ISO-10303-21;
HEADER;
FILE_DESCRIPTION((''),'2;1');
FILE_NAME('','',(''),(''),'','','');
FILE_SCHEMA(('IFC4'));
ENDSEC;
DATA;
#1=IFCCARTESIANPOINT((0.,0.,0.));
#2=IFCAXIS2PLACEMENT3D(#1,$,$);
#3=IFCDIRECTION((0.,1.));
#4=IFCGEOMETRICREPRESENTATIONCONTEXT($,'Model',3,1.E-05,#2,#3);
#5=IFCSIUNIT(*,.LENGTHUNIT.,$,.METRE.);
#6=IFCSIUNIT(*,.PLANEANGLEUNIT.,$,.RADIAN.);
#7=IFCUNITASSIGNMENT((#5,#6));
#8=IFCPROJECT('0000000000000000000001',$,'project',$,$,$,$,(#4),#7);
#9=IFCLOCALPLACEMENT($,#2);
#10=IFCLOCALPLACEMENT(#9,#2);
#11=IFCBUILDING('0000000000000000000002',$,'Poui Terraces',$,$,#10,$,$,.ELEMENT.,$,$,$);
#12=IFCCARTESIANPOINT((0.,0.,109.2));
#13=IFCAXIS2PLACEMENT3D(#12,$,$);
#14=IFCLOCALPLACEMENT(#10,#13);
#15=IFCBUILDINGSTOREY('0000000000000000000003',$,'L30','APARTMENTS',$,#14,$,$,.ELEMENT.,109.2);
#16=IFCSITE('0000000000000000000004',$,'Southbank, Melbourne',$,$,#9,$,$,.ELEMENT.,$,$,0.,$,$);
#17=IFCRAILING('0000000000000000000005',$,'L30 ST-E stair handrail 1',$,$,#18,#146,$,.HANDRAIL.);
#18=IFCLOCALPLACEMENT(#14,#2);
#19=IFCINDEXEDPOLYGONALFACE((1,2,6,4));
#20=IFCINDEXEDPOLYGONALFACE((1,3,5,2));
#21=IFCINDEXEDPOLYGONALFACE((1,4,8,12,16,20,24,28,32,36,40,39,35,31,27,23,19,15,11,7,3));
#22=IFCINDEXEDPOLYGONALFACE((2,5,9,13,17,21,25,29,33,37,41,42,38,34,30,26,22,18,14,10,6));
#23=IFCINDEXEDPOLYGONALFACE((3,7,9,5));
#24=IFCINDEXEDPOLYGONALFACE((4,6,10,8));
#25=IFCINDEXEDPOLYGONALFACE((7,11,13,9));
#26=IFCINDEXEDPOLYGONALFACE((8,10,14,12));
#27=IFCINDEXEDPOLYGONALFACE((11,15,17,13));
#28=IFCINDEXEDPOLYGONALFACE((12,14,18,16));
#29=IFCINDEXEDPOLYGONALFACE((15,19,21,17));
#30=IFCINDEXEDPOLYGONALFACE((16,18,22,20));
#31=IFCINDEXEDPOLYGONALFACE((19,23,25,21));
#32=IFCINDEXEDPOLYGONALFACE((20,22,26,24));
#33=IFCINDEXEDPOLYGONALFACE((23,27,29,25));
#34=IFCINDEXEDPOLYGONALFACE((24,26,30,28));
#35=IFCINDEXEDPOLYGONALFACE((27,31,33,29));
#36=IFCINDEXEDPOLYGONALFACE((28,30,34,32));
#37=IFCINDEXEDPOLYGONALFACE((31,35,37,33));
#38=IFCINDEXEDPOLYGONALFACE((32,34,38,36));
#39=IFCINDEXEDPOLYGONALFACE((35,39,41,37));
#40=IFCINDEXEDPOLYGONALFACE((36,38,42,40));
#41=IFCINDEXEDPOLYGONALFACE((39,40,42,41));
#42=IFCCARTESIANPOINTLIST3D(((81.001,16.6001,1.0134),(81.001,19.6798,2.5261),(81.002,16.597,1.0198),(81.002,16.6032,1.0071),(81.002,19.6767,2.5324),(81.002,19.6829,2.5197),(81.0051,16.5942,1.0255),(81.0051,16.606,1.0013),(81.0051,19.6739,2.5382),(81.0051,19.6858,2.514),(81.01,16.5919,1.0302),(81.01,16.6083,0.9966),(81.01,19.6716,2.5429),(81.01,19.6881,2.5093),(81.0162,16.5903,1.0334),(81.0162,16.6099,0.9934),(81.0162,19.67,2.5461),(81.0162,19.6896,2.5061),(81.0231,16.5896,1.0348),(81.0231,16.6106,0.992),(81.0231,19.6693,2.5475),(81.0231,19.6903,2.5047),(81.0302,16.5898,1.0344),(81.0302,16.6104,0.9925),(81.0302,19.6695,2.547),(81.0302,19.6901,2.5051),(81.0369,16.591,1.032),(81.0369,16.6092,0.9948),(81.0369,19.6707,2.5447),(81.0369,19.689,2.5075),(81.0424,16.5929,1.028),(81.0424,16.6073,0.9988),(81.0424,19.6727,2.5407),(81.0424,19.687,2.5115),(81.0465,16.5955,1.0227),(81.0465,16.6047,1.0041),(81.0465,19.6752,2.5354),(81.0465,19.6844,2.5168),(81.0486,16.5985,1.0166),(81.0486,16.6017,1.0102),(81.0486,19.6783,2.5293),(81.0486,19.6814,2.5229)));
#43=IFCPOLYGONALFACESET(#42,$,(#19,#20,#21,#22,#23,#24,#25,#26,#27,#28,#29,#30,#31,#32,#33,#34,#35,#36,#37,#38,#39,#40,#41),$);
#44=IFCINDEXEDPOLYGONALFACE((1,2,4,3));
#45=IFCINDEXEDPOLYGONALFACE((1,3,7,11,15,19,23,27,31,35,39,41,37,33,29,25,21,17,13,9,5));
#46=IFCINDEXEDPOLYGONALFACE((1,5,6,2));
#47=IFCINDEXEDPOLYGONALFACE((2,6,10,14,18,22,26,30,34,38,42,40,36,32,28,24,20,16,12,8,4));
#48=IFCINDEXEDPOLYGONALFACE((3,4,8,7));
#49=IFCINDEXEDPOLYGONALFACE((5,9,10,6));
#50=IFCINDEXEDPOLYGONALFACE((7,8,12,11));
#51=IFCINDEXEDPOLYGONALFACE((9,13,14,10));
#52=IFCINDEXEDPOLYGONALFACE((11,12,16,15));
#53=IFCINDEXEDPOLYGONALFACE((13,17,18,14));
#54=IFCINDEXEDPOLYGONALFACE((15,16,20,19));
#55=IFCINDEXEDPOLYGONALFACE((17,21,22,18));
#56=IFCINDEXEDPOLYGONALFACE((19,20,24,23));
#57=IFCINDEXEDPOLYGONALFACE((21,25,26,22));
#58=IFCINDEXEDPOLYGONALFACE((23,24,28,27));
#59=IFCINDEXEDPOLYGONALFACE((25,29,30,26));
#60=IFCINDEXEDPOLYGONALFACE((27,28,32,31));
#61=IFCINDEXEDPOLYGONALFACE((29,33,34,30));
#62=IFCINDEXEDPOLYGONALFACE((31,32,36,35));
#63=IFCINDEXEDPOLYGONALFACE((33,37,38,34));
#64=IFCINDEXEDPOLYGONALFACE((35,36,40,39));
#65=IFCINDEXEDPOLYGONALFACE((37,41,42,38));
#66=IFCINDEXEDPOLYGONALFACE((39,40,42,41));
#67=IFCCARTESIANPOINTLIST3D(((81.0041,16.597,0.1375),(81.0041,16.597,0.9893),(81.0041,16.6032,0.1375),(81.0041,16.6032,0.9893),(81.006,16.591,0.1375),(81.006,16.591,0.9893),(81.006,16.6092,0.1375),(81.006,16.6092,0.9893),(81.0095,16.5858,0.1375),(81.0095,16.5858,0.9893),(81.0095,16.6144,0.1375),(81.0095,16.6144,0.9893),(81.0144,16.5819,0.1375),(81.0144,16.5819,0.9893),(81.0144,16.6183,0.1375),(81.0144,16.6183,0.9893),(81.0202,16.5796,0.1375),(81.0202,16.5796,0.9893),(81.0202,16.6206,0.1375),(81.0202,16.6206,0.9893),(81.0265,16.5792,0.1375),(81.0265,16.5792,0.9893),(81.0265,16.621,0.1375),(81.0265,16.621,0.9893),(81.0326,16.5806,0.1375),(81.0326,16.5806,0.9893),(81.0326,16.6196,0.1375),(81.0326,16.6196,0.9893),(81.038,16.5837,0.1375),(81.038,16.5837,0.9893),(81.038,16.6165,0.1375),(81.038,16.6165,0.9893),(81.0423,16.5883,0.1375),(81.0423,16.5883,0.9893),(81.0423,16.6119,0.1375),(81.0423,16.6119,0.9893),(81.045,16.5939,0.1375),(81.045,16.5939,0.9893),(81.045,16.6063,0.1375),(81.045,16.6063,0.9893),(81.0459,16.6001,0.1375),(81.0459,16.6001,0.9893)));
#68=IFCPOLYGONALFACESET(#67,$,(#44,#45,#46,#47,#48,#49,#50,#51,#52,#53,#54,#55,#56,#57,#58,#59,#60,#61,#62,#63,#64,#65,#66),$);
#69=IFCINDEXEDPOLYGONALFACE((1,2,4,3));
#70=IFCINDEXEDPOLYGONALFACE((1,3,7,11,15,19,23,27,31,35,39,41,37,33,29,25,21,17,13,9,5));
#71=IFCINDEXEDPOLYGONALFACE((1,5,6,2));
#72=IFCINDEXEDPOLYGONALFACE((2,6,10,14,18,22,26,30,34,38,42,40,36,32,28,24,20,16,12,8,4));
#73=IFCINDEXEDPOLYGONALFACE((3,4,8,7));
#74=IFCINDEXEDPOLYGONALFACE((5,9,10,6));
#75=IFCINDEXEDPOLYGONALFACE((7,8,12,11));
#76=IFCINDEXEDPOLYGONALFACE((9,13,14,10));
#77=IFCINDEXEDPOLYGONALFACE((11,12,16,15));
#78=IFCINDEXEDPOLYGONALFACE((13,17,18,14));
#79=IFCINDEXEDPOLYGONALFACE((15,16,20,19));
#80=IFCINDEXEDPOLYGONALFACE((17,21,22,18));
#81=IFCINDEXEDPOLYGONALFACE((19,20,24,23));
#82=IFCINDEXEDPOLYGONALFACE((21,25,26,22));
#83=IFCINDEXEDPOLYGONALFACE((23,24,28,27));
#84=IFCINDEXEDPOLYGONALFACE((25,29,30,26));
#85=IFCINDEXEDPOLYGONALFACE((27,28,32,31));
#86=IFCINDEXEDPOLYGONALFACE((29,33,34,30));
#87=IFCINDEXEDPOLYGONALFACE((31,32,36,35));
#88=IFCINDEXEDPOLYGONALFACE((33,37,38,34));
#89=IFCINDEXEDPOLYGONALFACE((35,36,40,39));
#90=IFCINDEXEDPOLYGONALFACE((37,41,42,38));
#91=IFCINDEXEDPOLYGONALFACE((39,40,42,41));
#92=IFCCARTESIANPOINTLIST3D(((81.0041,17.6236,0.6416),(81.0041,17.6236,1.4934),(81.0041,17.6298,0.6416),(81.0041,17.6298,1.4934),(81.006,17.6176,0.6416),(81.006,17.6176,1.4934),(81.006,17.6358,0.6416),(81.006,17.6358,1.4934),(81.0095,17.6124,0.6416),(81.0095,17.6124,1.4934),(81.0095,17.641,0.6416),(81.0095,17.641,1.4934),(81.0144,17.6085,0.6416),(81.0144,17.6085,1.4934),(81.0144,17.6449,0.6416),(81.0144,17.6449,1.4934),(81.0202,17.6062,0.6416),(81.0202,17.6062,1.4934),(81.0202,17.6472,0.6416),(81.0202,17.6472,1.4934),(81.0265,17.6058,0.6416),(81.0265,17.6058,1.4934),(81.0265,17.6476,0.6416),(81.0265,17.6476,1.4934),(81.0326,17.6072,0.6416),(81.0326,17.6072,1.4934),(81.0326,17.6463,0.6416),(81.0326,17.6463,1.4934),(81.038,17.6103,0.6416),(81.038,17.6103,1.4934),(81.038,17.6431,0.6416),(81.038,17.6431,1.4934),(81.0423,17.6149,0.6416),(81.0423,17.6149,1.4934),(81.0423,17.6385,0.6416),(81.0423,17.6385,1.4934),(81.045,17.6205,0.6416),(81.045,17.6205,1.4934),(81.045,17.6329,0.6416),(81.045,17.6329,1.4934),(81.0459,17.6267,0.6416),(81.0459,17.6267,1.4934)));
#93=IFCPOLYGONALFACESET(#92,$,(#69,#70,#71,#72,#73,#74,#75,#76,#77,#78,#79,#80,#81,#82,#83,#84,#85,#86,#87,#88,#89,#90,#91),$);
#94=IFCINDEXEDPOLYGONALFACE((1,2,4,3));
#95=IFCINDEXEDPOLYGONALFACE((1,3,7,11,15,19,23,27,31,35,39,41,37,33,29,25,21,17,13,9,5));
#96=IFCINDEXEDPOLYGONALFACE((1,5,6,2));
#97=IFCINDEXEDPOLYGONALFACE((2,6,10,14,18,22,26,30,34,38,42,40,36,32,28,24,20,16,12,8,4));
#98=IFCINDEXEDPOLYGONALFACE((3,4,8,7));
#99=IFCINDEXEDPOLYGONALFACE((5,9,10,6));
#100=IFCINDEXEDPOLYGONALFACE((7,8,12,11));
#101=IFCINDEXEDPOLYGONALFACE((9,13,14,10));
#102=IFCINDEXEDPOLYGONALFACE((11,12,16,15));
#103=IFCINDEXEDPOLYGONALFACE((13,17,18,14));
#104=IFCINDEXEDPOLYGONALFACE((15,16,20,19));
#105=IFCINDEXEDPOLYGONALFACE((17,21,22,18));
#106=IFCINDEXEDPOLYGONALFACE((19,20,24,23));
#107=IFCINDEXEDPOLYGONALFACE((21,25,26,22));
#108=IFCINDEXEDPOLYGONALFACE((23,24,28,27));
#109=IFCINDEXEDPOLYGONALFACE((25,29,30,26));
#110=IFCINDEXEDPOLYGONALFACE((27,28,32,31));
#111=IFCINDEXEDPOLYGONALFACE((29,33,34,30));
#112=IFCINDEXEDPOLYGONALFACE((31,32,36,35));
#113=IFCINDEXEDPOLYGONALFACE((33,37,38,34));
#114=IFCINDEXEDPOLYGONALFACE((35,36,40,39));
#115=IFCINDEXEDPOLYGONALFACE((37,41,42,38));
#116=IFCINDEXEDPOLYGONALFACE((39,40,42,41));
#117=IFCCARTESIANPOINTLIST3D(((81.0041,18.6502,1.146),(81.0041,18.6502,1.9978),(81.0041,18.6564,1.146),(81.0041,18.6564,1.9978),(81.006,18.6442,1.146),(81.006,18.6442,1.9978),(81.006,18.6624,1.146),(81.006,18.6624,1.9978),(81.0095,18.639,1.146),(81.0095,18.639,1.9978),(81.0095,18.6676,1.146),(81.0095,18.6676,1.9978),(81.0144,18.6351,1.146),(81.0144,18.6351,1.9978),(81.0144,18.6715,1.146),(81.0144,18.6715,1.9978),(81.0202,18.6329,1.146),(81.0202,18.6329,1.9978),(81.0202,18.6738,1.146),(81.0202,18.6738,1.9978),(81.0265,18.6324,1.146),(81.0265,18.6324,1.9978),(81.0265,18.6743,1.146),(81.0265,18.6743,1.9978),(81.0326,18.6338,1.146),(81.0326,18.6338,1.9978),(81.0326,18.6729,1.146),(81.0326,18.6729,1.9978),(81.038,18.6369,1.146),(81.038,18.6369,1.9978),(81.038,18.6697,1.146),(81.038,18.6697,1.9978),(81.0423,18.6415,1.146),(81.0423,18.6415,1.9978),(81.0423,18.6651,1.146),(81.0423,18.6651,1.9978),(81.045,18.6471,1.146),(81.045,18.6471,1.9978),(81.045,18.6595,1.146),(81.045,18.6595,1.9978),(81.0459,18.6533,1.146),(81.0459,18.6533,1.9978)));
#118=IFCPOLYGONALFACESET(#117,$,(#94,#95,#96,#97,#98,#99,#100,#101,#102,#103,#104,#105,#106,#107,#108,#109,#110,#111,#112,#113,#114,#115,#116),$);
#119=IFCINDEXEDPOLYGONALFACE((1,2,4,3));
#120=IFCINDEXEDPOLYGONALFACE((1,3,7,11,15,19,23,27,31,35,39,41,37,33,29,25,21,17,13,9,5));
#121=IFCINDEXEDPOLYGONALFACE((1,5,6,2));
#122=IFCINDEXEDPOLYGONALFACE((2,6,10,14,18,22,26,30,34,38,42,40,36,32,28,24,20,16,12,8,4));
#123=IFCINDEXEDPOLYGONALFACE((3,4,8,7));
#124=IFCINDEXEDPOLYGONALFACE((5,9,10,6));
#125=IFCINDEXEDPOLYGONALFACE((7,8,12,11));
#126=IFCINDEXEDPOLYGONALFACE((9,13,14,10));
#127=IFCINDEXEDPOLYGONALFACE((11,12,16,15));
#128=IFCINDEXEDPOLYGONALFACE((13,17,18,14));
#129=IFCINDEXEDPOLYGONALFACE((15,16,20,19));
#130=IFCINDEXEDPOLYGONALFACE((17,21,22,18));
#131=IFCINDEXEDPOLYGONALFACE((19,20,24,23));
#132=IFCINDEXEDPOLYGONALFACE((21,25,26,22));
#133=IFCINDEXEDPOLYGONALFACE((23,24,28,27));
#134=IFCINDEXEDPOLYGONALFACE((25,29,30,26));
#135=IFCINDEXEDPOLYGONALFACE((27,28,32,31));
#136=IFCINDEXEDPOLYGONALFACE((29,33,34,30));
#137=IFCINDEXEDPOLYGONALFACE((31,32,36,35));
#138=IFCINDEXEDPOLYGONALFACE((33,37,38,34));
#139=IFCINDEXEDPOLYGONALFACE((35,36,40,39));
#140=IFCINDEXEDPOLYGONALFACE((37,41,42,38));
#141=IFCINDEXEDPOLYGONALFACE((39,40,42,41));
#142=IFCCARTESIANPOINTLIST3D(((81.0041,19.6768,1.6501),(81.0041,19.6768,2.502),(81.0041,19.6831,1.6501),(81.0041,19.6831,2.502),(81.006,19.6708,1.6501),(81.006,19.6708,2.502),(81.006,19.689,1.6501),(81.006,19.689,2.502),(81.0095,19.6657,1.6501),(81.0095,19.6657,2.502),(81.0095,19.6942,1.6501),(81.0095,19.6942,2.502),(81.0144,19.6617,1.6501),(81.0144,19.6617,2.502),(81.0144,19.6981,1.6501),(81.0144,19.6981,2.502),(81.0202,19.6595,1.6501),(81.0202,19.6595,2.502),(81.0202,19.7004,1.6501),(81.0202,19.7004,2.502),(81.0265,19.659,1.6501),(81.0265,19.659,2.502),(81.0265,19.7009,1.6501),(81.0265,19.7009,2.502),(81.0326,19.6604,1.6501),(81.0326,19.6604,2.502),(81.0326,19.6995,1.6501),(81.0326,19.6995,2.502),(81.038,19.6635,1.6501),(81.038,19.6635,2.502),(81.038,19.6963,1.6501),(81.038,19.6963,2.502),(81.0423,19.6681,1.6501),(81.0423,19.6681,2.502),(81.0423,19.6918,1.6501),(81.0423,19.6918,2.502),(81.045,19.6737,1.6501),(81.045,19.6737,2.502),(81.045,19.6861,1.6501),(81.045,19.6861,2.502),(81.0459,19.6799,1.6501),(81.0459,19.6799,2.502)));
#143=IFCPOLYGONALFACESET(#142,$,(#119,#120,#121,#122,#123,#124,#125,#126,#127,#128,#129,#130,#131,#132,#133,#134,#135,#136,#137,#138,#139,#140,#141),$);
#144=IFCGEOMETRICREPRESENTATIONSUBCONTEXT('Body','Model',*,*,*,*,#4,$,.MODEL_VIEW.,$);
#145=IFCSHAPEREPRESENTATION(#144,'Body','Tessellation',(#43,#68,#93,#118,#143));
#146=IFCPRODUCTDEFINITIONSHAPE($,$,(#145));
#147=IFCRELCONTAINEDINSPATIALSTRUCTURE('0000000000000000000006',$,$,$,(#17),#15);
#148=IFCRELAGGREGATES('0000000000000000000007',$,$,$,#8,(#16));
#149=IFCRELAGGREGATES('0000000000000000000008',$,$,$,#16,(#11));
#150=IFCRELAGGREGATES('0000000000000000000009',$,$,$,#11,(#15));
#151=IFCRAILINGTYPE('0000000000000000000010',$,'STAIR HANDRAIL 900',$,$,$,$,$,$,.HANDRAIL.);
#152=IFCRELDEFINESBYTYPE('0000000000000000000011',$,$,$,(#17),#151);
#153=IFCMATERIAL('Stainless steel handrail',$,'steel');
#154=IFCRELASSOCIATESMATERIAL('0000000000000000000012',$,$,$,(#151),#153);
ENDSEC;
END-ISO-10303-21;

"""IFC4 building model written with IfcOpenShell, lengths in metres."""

from ifc_helpers import new_model, si_unit, direction, frame, origin, origin_2d, place, context, subcontext, project, spatial, circle, extrude, material, type_object, element, save


model = new_model("IFC4")

# Units and contexts
model_context = context("Model", 3, precision=1e-05, world=origin(), true_north=direction((0.0, 1.0)))
body_context = subcontext(model_context, "Body", "Model", "MODEL_VIEW")
ifc_project = project(units=[si_unit("LENGTHUNIT", "METRE"), si_unit("PLANEANGLEUNIT", "RADIAN")], contexts=[model_context])

# Site, building, storey
site_placement = place(None, origin())
site = spatial("IfcSite", under=ifc_project, at=site_placement, Name="Southbank, Melbourne", CompositionType="ELEMENT", RefElevation=0.0)
building_placement = place(site_placement, origin())
building = spatial("IfcBuilding", under=site, at=building_placement, Name="Poui Terraces", CompositionType="ELEMENT")
storey_placement = place(building_placement, frame((0.0, 0.0, 109.2)))
storey = spatial("IfcBuildingStorey", under=building, at=storey_placement, Name="L30", Description="APARTMENTS", CompositionType="ELEMENT", Elevation=109.2)

# Railing
ifc_material_1 = material(Name="Stainless steel handrail", Category="steel")
railing_type_1 = type_object("IfcRailingType", Name="STAIR HANDRAIL 900", PredefinedType="HANDRAIL", material=ifc_material_1)
railing_1_placement = place(storey_placement, frame((81.0249, 16.6001, 0.1375)))
element("IfcRailing", 1, at=railing_1_placement, inside=storey, type_object=railing_type_1, Name="L30 ST-E stair handrail 1", PredefinedType="HANDRAIL", context=body_context, shape_type="SweptSolid", body=[
    extrude(circle(Radius=0.0239, at=origin_2d()), frame((0.0, 0.0, 0.876), z_axis=(0.0, 0.897578, 0.440856), x_axis=(-1.0, 0.0, 0.0)), (0.0, 0.0, 1.0), 3.4312),
    extrude(circle(Radius=0.021, at=origin_2d()), origin(), (0.0, 0.0, 1.0), 0.8518),
    extrude(circle(Radius=0.021, at=origin_2d()), frame((0.0, 1.0266, 0.5042)), (0.0, 0.0, 1.0), 0.8518),
    extrude(circle(Radius=0.021, at=origin_2d()), frame((0.0, 2.0532, 1.0085)), (0.0, 0.0, 1.0), 0.8518),
    extrude(circle(Radius=0.021, at=origin_2d()), frame((0.0, 3.0798, 1.5127)), (0.0, 0.0, 1.0), 0.8518),
])

save(model, "model.ifc")
